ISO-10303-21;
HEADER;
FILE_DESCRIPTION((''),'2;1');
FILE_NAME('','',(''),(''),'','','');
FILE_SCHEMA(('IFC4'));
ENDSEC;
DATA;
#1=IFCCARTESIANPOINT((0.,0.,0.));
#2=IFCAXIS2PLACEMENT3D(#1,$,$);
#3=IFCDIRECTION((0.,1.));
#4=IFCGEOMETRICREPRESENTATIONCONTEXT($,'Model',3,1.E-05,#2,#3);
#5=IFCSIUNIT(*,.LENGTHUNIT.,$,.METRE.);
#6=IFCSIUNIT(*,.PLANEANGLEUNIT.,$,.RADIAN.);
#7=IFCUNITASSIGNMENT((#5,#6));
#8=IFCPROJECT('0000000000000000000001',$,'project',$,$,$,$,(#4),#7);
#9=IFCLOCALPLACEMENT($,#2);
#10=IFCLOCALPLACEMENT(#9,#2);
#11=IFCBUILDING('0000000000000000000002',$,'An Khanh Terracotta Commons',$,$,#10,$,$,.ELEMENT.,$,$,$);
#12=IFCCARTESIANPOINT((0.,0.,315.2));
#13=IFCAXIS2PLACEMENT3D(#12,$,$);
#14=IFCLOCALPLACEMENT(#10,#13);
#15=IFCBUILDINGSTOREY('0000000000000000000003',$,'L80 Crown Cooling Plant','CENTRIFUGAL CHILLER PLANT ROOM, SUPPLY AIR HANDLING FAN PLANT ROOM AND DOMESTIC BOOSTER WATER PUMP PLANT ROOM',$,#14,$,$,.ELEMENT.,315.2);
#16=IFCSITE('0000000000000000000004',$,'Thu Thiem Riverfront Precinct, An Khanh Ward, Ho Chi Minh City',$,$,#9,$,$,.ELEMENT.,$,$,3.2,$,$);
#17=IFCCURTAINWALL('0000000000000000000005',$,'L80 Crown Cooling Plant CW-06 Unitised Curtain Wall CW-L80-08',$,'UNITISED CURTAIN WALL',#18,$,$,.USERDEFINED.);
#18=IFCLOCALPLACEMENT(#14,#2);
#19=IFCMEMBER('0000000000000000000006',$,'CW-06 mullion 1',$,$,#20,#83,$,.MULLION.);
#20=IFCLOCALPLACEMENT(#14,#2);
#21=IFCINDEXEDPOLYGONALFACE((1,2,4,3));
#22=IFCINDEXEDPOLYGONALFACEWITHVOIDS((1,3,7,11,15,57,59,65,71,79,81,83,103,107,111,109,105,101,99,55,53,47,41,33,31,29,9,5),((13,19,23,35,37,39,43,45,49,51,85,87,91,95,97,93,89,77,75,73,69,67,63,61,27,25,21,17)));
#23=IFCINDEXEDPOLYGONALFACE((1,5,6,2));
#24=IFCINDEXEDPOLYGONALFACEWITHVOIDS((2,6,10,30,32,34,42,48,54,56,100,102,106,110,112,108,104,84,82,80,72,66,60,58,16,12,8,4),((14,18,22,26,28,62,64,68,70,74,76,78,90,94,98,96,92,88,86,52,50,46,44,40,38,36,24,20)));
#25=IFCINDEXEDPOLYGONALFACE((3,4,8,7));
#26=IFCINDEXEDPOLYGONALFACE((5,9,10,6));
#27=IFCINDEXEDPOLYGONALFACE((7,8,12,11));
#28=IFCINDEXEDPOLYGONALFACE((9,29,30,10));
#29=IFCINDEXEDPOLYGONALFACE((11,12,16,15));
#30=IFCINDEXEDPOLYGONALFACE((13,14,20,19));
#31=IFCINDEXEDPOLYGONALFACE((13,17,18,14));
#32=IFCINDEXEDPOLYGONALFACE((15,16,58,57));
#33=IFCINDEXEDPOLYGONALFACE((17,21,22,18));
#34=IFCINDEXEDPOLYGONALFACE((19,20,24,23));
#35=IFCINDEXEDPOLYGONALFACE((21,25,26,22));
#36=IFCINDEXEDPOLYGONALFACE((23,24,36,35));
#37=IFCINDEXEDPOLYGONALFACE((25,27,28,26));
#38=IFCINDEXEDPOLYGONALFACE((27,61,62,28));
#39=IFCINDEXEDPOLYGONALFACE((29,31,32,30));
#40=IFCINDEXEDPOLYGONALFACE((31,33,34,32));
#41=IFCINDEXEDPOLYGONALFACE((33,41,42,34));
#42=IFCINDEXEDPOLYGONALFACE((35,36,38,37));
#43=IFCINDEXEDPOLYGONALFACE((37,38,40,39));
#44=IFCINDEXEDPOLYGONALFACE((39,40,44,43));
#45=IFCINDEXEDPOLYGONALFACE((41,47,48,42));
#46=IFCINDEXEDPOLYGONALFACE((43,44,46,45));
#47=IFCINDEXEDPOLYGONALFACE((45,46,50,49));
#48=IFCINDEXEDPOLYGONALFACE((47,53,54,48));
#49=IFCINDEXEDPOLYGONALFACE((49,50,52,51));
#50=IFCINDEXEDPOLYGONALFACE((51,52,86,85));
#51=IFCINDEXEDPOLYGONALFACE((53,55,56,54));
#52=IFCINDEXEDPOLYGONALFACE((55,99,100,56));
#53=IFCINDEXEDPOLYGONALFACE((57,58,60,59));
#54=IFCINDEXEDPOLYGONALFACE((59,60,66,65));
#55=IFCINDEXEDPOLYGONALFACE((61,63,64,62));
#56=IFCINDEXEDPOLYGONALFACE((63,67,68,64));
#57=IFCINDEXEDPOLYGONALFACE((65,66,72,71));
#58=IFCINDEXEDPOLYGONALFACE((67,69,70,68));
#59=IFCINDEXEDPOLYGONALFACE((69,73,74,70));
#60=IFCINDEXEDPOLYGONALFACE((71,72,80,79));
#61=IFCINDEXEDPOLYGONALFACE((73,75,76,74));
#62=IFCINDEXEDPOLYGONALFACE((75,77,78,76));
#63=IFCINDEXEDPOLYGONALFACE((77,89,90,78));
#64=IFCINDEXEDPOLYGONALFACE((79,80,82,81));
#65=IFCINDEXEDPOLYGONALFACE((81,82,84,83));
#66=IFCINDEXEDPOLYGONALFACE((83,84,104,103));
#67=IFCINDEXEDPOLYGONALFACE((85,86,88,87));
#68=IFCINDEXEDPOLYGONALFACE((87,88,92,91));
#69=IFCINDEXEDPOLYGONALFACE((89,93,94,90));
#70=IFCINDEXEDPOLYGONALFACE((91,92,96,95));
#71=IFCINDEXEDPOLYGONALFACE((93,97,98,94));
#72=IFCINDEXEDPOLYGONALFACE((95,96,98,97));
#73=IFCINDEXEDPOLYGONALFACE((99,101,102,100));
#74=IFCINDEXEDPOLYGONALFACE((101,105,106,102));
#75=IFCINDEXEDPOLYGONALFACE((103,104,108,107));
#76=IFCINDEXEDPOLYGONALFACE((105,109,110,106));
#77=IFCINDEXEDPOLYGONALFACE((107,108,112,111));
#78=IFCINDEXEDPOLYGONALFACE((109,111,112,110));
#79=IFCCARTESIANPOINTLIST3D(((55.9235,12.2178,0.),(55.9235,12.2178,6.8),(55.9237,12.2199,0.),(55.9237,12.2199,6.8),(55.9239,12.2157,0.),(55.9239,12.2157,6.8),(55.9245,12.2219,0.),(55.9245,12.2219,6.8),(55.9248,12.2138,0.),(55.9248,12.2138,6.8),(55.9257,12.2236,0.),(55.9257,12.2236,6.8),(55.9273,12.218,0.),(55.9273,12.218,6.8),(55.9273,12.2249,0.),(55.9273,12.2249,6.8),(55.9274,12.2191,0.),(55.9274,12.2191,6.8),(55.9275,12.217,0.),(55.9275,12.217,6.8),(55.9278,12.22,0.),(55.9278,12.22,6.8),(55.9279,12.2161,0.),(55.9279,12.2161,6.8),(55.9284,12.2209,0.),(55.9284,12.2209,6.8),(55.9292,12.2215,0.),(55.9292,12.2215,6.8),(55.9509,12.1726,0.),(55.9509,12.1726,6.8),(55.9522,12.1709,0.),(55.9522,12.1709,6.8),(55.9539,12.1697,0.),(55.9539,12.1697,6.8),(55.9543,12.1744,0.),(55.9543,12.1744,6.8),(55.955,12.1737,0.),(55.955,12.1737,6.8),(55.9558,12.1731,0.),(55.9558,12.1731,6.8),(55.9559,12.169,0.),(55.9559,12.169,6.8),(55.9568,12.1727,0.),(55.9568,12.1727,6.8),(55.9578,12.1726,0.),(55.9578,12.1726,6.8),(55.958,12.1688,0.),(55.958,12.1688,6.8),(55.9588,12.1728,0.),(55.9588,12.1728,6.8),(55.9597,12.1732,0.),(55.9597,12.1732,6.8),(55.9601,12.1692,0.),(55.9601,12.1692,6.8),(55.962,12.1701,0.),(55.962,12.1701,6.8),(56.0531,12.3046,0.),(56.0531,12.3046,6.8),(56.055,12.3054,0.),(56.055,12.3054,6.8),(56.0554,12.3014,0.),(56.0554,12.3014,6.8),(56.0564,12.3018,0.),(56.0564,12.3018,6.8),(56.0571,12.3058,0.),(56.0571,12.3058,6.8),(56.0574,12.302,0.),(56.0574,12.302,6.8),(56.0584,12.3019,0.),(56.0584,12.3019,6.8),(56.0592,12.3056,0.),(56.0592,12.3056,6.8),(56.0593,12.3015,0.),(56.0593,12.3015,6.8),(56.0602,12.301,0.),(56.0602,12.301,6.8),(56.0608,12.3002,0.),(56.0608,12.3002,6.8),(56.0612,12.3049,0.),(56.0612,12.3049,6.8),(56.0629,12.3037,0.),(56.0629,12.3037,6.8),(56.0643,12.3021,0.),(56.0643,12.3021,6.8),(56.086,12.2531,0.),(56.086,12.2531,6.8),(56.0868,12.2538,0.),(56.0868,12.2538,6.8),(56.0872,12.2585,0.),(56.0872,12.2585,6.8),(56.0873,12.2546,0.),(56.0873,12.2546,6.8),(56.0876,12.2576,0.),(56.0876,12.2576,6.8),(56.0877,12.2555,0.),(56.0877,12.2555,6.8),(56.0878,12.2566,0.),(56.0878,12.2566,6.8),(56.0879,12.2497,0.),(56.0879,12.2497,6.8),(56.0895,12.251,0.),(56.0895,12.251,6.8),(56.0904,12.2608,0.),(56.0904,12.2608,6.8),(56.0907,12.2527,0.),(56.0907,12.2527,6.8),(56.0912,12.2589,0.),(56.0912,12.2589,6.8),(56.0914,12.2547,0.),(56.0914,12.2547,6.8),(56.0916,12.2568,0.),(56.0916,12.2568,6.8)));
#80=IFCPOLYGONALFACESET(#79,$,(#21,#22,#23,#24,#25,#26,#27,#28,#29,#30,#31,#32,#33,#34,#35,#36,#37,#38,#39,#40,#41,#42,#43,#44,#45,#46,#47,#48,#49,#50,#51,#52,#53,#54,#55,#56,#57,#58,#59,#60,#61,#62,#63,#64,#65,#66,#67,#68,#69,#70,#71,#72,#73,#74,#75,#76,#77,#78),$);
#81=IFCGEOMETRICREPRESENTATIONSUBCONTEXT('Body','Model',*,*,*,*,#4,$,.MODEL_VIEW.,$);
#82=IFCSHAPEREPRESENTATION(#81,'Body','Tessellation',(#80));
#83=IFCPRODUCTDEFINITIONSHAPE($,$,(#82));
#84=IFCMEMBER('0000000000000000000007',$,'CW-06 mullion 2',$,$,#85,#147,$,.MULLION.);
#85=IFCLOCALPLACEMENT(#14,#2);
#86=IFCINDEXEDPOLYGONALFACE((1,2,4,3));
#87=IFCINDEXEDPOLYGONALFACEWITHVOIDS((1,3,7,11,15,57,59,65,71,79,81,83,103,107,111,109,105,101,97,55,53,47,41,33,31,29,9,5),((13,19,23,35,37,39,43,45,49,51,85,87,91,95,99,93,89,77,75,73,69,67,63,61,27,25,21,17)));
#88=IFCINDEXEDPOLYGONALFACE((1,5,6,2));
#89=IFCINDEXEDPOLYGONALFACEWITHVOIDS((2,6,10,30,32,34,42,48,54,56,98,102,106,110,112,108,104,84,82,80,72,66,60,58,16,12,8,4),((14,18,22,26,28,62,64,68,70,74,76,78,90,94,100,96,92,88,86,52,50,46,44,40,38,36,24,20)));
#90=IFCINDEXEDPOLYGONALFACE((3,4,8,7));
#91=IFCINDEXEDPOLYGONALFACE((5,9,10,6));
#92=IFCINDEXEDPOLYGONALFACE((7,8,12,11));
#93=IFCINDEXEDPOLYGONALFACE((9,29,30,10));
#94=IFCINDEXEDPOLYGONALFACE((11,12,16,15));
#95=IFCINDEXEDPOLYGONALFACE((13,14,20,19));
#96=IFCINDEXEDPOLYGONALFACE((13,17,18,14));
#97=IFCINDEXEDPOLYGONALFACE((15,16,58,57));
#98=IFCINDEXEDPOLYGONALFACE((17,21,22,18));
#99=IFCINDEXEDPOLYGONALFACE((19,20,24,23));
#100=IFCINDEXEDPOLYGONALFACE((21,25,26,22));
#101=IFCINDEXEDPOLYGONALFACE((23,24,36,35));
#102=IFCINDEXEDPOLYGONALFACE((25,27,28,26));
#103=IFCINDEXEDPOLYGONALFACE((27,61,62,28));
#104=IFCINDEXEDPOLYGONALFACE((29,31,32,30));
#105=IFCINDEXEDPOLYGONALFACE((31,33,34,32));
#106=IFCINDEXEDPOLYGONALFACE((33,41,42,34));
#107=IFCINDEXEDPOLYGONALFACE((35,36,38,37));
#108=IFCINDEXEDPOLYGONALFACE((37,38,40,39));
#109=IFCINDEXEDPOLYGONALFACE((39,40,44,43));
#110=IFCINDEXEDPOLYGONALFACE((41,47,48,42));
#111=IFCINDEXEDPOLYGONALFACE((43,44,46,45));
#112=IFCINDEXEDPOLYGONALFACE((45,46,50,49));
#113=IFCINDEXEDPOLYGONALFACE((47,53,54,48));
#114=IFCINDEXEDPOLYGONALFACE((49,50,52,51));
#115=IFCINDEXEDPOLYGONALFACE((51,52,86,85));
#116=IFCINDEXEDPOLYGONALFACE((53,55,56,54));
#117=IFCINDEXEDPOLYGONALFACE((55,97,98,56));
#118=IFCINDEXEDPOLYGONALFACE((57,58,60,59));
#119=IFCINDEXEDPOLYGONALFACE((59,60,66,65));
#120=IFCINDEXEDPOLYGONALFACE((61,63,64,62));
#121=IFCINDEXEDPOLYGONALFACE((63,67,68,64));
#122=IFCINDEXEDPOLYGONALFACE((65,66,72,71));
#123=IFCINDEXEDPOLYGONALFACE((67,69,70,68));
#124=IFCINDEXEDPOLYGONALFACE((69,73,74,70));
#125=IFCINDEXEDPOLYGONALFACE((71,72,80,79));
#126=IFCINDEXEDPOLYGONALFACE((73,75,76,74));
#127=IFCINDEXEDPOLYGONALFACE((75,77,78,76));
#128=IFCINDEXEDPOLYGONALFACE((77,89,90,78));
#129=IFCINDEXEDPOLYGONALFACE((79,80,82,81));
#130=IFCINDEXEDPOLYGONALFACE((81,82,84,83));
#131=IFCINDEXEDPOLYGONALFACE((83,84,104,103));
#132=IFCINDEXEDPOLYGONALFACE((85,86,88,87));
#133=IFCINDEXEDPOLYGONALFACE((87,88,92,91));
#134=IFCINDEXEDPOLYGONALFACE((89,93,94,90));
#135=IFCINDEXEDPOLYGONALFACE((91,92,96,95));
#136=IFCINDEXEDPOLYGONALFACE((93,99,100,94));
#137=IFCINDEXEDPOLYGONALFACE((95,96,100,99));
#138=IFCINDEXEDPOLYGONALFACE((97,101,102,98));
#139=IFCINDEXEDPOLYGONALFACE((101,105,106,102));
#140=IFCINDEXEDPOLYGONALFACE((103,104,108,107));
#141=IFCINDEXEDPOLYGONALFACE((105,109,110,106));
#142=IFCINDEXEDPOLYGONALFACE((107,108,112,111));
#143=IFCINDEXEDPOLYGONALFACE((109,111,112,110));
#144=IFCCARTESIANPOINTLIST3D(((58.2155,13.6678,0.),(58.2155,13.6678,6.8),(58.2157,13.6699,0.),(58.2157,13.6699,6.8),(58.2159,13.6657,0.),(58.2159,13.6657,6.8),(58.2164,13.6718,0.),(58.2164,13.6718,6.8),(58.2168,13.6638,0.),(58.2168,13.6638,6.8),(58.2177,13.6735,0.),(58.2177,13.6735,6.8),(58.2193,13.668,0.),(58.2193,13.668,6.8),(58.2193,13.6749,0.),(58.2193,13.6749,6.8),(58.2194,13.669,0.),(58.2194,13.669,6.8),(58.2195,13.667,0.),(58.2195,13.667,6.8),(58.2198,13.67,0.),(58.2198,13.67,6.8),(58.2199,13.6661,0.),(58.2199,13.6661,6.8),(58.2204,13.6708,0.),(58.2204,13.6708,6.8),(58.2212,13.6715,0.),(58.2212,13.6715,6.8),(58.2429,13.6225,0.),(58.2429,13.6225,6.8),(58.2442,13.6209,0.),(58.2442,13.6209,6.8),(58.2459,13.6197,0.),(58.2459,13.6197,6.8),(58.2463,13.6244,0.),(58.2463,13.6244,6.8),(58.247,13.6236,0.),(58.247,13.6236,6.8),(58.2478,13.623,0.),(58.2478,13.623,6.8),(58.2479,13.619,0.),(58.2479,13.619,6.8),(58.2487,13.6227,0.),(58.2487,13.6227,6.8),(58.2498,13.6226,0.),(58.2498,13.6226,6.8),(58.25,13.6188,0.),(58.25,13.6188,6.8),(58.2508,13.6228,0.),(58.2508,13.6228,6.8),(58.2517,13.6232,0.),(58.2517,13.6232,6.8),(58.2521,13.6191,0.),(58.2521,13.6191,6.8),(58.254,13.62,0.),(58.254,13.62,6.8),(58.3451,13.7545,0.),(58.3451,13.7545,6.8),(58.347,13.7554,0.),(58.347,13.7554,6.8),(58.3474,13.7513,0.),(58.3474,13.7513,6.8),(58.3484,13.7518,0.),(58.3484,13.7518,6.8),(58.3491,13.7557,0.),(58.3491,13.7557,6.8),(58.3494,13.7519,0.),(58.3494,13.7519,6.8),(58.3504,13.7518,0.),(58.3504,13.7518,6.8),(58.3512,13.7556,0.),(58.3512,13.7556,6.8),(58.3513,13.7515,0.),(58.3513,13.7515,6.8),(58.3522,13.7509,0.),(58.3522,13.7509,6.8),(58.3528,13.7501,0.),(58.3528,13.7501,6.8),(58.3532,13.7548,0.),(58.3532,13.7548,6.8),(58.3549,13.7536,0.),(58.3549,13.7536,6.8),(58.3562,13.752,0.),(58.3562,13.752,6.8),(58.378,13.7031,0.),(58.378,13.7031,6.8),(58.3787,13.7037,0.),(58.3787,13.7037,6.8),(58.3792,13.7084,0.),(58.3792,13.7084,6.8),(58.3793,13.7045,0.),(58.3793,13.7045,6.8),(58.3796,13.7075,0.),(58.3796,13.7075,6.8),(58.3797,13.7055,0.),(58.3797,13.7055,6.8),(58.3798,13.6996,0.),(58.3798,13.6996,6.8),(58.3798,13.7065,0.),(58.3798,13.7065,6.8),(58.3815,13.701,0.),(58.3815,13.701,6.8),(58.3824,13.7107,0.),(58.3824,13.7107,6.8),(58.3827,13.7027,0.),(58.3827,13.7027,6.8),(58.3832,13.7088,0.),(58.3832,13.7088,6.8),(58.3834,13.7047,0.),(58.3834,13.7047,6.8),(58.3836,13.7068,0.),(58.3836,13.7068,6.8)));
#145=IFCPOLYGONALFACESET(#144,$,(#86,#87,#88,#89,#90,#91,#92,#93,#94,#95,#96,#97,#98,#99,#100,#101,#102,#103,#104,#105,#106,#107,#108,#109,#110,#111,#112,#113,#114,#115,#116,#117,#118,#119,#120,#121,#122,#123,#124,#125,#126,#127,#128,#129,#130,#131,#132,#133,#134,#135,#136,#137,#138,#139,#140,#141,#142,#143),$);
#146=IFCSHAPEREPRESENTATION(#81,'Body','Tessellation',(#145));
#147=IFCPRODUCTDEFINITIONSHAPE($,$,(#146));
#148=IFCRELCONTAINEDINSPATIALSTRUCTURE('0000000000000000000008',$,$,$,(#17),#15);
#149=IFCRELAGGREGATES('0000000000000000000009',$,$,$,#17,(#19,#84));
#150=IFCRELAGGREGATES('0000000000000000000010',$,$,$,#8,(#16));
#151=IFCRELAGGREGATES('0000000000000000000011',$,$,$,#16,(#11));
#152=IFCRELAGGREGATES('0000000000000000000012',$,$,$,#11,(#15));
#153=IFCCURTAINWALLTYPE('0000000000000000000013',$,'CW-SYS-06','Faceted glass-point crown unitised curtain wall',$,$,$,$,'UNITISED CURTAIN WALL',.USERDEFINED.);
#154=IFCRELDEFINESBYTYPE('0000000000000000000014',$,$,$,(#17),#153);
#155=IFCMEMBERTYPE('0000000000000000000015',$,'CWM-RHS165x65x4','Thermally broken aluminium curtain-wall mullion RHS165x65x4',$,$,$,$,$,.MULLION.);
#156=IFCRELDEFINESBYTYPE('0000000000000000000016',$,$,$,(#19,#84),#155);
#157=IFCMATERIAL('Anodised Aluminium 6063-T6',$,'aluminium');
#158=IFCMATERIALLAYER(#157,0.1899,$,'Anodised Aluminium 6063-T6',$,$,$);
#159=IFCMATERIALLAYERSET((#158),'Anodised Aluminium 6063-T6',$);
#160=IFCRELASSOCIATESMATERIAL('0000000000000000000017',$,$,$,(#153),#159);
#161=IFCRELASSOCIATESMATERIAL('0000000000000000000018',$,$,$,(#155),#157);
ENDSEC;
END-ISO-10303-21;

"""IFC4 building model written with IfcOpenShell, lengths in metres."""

from ifc_helpers import new_model, si_unit, direction, frame, origin, origin_2d, place, context, subcontext, project, spatial, hollow_rectangle, extrude, material, layer, layer_set, material_profile, profile_set, type_object, element, aggregate, save


model = new_model("IFC4")

# Units and contexts
model_context = context("Model", 3, precision=1e-05, world=origin(), true_north=direction((0.0, 1.0)))
body_context = subcontext(model_context, "Body", "Model", "MODEL_VIEW")
ifc_project = project(units=[si_unit("LENGTHUNIT", "METRE"), si_unit("PLANEANGLEUNIT", "RADIAN")], contexts=[model_context])

# Site, building, storey
site_placement = place(None, origin())
site = spatial("IfcSite", under=ifc_project, at=site_placement, Name="Thu Thiem Riverfront Precinct, An Khanh Ward, Ho Chi Minh City", CompositionType="ELEMENT", RefElevation=3.2)
building_placement = place(site_placement, origin())
building = spatial("IfcBuilding", under=site, at=building_placement, Name="An Khanh Terracotta Commons", CompositionType="ELEMENT")
storey_placement = place(building_placement, frame((0.0, 0.0, 315.2)))
storey = spatial("IfcBuildingStorey", under=building, at=storey_placement, Name="L80 Crown Cooling Plant", Description="CENTRIFUGAL CHILLER PLANT ROOM, SUPPLY AIR HANDLING FAN PLANT ROOM AND DOMESTIC BOOSTER WATER PUMP PLANT ROOM", CompositionType="ELEMENT", Elevation=315.2)

# Curtain wall, members
ifc_material_1 = material(Name="Anodised Aluminium 6063-T6", Category="aluminium")
ifc_layer_1 = layer(ifc_material_1, 0.1899, Name="Anodised Aluminium 6063-T6")
ifc_layer_set_1 = layer_set([ifc_layer_1], Name="Anodised Aluminium 6063-T6")
curtain_wall_type = type_object("IfcCurtainWallType", Name="CW-SYS-06", Description="Faceted glass-point crown unitised curtain wall", ElementType="UNITISED CURTAIN WALL", PredefinedType="USERDEFINED", material=ifc_layer_set_1)
curtain_wall_placement = place(storey_placement, origin())
curtain_wall = element("IfcCurtainWall", 1, at=curtain_wall_placement, inside=storey, type_object=curtain_wall_type, Name="L80 Crown Cooling Plant CW-06 Unitised Curtain Wall CW-L80-08", ObjectType="UNITISED CURTAIN WALL", PredefinedType="USERDEFINED")
ifc_material_profile_1 = material_profile(ifc_material_1, hollow_rectangle(XDim=0.0649, YDim=0.165, WallThickness=0.0039, InnerFilletRadius=0.0039, OuterFilletRadius=0.0081, at=origin_2d()), Name="RHS165x65x4")
ifc_profile_set_1 = profile_set([ifc_material_profile_1], Name="Anodised Aluminium 6063-T6")
member_type_1 = type_object("IfcMemberType", Name="CWM-RHS165x65x4", Description="Thermally broken aluminium curtain-wall mullion RHS165x65x4", PredefinedType="MULLION", material=ifc_profile_set_1)
member_1_placement = place(storey_placement, frame((56.0076, 12.2373, 0.0), z_axis=(0.0, 0.0, 1.0), x_axis=(-0.534587, 0.845114, 0.0)))
member_1 = element("IfcMember", 2, at=member_1_placement, type_object=member_type_1, Name="CW-06 mullion 1", PredefinedType="MULLION", context=body_context, shape_type="SweptSolid", body=[
    extrude(hollow_rectangle(XDim=0.0649, YDim=0.165, WallThickness=0.0039, InnerFilletRadius=0.0039, OuterFilletRadius=0.0081, at=origin_2d()), origin(), (0.0, 0.0, 1.0), 6.8),
])
member_2_placement = place(storey_placement, frame((58.2996, 13.6873, 0.0), z_axis=(0.0, 0.0, 1.0), x_axis=(-0.534587, 0.845114, 0.0)))
member_2 = element("IfcMember", 3, at=member_2_placement, type_object=member_type_1, Name="CW-06 mullion 2", PredefinedType="MULLION", context=body_context, shape_type="SweptSolid", body=[
    extrude(hollow_rectangle(XDim=0.0649, YDim=0.165, WallThickness=0.0039, InnerFilletRadius=0.0039, OuterFilletRadius=0.0081, at=origin_2d()), origin(), (0.0, 0.0, 1.0), 6.8),
])
aggregate(curtain_wall, [member_1, member_2])

save(model, "model.ifc")
